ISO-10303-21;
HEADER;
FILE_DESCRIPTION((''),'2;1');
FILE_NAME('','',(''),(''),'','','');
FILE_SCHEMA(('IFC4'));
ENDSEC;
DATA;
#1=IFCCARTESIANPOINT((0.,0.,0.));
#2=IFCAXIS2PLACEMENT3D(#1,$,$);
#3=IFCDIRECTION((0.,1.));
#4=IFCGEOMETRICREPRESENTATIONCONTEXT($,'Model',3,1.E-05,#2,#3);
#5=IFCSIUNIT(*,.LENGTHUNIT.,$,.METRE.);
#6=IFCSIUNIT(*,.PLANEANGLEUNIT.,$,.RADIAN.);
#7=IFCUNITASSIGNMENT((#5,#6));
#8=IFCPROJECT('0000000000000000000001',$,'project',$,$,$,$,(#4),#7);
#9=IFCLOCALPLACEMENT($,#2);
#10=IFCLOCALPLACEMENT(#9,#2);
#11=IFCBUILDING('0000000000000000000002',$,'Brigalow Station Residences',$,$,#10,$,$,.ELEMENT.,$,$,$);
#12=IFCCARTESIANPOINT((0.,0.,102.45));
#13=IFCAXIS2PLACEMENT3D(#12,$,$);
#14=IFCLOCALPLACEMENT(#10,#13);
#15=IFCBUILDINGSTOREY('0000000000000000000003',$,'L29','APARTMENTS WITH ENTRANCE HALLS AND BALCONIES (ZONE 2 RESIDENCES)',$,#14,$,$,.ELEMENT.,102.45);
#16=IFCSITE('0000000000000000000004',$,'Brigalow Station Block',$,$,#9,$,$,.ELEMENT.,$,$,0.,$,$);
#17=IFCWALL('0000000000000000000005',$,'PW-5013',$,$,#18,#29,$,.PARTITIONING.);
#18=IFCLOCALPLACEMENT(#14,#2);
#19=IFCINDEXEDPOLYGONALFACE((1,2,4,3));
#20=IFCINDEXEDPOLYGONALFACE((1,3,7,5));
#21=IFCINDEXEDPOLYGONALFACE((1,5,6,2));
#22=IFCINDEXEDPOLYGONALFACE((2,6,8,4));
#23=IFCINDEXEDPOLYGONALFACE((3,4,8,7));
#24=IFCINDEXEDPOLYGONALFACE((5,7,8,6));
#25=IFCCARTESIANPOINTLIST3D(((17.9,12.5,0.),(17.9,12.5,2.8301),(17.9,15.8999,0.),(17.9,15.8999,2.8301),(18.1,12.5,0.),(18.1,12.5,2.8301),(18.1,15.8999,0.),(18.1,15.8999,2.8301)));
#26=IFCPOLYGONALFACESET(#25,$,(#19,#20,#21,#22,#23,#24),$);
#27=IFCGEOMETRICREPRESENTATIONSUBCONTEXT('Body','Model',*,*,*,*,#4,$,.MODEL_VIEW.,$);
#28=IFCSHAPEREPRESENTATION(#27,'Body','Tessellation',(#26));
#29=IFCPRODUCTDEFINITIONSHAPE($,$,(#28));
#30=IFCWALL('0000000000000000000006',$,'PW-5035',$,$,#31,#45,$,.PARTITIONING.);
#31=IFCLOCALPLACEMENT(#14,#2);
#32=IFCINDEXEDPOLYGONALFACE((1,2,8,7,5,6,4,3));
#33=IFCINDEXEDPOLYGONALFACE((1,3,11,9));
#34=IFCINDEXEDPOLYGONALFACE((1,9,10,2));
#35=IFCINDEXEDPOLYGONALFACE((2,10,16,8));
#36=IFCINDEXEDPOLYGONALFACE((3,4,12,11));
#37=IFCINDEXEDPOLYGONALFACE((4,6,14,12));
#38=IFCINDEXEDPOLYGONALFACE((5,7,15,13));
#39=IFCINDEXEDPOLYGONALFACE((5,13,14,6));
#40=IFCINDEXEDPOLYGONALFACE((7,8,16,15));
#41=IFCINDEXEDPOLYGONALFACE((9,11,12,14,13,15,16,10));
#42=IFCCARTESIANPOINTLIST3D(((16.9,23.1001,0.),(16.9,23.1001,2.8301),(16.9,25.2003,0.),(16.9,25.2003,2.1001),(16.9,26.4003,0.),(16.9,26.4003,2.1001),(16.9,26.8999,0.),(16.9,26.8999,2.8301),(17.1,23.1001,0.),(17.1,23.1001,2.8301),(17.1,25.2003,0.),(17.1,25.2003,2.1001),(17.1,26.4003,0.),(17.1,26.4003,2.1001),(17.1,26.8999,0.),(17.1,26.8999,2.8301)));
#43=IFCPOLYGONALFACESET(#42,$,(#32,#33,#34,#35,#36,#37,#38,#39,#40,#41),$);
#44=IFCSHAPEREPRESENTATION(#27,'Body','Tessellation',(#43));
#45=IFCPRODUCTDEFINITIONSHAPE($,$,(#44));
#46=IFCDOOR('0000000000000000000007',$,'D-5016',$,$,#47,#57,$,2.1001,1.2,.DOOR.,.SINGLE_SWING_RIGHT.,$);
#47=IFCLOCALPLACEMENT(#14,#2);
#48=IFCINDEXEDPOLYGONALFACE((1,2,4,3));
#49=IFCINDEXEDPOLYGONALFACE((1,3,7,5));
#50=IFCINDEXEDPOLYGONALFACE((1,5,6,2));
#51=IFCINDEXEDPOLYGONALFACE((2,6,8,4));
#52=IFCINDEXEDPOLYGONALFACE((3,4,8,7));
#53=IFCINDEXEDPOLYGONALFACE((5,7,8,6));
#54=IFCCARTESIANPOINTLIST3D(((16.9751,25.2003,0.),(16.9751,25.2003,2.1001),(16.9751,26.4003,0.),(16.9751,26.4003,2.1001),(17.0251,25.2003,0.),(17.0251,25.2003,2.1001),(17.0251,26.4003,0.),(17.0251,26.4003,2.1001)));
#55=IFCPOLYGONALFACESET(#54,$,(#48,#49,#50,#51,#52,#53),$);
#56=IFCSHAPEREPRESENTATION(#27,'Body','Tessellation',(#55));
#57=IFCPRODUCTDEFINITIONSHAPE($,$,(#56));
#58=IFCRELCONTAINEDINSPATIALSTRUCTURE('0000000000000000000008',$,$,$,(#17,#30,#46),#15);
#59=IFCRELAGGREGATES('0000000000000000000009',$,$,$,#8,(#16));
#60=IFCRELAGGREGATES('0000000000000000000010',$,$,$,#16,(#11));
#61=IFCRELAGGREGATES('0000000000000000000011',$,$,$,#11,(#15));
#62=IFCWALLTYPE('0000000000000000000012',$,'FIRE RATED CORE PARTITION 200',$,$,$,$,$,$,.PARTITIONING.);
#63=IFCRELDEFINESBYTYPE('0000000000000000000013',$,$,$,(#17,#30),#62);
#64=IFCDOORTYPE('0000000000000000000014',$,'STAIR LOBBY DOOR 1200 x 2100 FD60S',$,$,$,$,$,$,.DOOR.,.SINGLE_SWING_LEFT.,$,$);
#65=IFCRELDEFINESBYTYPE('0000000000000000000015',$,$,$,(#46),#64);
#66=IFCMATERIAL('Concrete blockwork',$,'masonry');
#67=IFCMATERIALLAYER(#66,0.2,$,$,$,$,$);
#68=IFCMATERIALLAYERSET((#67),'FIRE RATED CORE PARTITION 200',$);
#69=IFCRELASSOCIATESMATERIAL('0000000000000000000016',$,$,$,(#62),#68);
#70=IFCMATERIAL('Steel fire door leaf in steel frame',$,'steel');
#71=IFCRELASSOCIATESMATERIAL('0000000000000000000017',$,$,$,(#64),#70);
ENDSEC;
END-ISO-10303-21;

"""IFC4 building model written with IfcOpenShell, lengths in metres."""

from ifc_helpers import new_model, si_unit, direction, frame, frame_2d, origin, place, context, subcontext, project, spatial, rectangle, extrude, material, layer, layer_set, type_object, element, fill, save


model = new_model("IFC4")

# Units and contexts
model_context = context("Model", 3, precision=1e-05, world=origin(), true_north=direction((0.0, 1.0)))
body_context = subcontext(model_context, "Body", "Model", "MODEL_VIEW")
ifc_project = project(units=[si_unit("LENGTHUNIT", "METRE"), si_unit("PLANEANGLEUNIT", "RADIAN")], contexts=[model_context])

# Site, building, storey
site_placement = place(None, origin())
site = spatial("IfcSite", under=ifc_project, at=site_placement, Name="Brigalow Station Block", CompositionType="ELEMENT", RefElevation=0.0)
building_placement = place(site_placement, origin())
building = spatial("IfcBuilding", under=site, at=building_placement, Name="Brigalow Station Residences", CompositionType="ELEMENT")
storey_placement = place(building_placement, frame((0.0, 0.0, 102.45)))
storey = spatial("IfcBuildingStorey", under=building, at=storey_placement, Name="L29", Description="APARTMENTS WITH ENTRANCE HALLS AND BALCONIES (ZONE 2 RESIDENCES)", CompositionType="ELEMENT", Elevation=102.45)

# Wall
ifc_material_1 = material(Name="Concrete blockwork", Category="masonry")
ifc_layer_1 = layer(ifc_material_1, 0.2)
ifc_layer_set_1 = layer_set([ifc_layer_1], Name="FIRE RATED CORE PARTITION 200")
wall_type_1 = type_object("IfcWallType", Name="FIRE RATED CORE PARTITION 200", PredefinedType="PARTITIONING", material=ifc_layer_set_1)
wall_1_placement = place(storey_placement, frame((18.0, 12.5, 0.0), z_axis=(0.0, 0.0, 1.0), x_axis=(0.0, 1.0, 0.0)))
element("IfcWall", 1, at=wall_1_placement, inside=storey, type_object=wall_type_1, Name="PW-5013", PredefinedType="PARTITIONING", context=body_context, shape_type="SweptSolid", body=[
    extrude(rectangle(XDim=3.3999, YDim=0.2, at=frame_2d((1.7, 0.0))), origin(), (0.0, 0.0, 1.0), 2.8301),
])

# Wall, opening, door
wall_2_placement = place(storey_placement, frame((17.0, 23.1001, 0.0), z_axis=(0.0, 0.0, 1.0), x_axis=(0.0, 1.0, 0.0)))
wall_2 = element("IfcWall", 2, at=wall_2_placement, inside=storey, type_object=wall_type_1, Name="PW-5035", PredefinedType="PARTITIONING", context=body_context, shape_type="SweptSolid", body=[
    extrude(rectangle(XDim=3.7998, YDim=0.2, at=frame_2d((1.8999, 0.0))), origin(), (0.0, 0.0, 1.0), 2.8301),
])
opening_1_placement = place(wall_2_placement, frame((2.1001, 0.0, 0.0)))
opening_1 = element("IfcOpeningElement", 3, at=opening_1_placement, cuts=wall_2, PredefinedType="OPENING", context=body_context, shape_type="SweptSolid", body=[
    extrude(rectangle(XDim=1.2, YDim=2.1001, at=frame_2d((0.6001, 1.05))), frame((0.0, 0.1099, 0.0), z_axis=(0.0, -1.0, 0.0), x_axis=(1.0, 0.0, 0.0)), (0.0, 0.0, 1.0), 0.22),
])
ifc_material_2 = material(Name="Steel fire door leaf in steel frame", Category="steel")
door_type_1 = type_object("IfcDoorType", Name="STAIR LOBBY DOOR 1200 x 2100 FD60S", OperationType="SINGLE_SWING_LEFT", PredefinedType="DOOR", material=ifc_material_2)
door_1_placement = place(opening_1_placement, origin())
door_1 = element("IfcDoor", 4, at=door_1_placement, inside=storey, type_object=door_type_1, Name="D-5016", OperationType="SINGLE_SWING_RIGHT", OverallHeight=2.1001, OverallWidth=1.2, PredefinedType="DOOR", context=body_context, shape_type="SweptSolid", body=[
    extrude(rectangle(XDim=1.2, YDim=2.1001, at=frame_2d((0.6001, 1.05))), frame((0.0, 0.0249, 0.0), z_axis=(0.0, -1.0, 0.0), x_axis=(1.0, 0.0, 0.0)), (0.0, 0.0, 1.0), 0.05),
])
fill(opening_1, door_1)

save(model, "model.ifc")
